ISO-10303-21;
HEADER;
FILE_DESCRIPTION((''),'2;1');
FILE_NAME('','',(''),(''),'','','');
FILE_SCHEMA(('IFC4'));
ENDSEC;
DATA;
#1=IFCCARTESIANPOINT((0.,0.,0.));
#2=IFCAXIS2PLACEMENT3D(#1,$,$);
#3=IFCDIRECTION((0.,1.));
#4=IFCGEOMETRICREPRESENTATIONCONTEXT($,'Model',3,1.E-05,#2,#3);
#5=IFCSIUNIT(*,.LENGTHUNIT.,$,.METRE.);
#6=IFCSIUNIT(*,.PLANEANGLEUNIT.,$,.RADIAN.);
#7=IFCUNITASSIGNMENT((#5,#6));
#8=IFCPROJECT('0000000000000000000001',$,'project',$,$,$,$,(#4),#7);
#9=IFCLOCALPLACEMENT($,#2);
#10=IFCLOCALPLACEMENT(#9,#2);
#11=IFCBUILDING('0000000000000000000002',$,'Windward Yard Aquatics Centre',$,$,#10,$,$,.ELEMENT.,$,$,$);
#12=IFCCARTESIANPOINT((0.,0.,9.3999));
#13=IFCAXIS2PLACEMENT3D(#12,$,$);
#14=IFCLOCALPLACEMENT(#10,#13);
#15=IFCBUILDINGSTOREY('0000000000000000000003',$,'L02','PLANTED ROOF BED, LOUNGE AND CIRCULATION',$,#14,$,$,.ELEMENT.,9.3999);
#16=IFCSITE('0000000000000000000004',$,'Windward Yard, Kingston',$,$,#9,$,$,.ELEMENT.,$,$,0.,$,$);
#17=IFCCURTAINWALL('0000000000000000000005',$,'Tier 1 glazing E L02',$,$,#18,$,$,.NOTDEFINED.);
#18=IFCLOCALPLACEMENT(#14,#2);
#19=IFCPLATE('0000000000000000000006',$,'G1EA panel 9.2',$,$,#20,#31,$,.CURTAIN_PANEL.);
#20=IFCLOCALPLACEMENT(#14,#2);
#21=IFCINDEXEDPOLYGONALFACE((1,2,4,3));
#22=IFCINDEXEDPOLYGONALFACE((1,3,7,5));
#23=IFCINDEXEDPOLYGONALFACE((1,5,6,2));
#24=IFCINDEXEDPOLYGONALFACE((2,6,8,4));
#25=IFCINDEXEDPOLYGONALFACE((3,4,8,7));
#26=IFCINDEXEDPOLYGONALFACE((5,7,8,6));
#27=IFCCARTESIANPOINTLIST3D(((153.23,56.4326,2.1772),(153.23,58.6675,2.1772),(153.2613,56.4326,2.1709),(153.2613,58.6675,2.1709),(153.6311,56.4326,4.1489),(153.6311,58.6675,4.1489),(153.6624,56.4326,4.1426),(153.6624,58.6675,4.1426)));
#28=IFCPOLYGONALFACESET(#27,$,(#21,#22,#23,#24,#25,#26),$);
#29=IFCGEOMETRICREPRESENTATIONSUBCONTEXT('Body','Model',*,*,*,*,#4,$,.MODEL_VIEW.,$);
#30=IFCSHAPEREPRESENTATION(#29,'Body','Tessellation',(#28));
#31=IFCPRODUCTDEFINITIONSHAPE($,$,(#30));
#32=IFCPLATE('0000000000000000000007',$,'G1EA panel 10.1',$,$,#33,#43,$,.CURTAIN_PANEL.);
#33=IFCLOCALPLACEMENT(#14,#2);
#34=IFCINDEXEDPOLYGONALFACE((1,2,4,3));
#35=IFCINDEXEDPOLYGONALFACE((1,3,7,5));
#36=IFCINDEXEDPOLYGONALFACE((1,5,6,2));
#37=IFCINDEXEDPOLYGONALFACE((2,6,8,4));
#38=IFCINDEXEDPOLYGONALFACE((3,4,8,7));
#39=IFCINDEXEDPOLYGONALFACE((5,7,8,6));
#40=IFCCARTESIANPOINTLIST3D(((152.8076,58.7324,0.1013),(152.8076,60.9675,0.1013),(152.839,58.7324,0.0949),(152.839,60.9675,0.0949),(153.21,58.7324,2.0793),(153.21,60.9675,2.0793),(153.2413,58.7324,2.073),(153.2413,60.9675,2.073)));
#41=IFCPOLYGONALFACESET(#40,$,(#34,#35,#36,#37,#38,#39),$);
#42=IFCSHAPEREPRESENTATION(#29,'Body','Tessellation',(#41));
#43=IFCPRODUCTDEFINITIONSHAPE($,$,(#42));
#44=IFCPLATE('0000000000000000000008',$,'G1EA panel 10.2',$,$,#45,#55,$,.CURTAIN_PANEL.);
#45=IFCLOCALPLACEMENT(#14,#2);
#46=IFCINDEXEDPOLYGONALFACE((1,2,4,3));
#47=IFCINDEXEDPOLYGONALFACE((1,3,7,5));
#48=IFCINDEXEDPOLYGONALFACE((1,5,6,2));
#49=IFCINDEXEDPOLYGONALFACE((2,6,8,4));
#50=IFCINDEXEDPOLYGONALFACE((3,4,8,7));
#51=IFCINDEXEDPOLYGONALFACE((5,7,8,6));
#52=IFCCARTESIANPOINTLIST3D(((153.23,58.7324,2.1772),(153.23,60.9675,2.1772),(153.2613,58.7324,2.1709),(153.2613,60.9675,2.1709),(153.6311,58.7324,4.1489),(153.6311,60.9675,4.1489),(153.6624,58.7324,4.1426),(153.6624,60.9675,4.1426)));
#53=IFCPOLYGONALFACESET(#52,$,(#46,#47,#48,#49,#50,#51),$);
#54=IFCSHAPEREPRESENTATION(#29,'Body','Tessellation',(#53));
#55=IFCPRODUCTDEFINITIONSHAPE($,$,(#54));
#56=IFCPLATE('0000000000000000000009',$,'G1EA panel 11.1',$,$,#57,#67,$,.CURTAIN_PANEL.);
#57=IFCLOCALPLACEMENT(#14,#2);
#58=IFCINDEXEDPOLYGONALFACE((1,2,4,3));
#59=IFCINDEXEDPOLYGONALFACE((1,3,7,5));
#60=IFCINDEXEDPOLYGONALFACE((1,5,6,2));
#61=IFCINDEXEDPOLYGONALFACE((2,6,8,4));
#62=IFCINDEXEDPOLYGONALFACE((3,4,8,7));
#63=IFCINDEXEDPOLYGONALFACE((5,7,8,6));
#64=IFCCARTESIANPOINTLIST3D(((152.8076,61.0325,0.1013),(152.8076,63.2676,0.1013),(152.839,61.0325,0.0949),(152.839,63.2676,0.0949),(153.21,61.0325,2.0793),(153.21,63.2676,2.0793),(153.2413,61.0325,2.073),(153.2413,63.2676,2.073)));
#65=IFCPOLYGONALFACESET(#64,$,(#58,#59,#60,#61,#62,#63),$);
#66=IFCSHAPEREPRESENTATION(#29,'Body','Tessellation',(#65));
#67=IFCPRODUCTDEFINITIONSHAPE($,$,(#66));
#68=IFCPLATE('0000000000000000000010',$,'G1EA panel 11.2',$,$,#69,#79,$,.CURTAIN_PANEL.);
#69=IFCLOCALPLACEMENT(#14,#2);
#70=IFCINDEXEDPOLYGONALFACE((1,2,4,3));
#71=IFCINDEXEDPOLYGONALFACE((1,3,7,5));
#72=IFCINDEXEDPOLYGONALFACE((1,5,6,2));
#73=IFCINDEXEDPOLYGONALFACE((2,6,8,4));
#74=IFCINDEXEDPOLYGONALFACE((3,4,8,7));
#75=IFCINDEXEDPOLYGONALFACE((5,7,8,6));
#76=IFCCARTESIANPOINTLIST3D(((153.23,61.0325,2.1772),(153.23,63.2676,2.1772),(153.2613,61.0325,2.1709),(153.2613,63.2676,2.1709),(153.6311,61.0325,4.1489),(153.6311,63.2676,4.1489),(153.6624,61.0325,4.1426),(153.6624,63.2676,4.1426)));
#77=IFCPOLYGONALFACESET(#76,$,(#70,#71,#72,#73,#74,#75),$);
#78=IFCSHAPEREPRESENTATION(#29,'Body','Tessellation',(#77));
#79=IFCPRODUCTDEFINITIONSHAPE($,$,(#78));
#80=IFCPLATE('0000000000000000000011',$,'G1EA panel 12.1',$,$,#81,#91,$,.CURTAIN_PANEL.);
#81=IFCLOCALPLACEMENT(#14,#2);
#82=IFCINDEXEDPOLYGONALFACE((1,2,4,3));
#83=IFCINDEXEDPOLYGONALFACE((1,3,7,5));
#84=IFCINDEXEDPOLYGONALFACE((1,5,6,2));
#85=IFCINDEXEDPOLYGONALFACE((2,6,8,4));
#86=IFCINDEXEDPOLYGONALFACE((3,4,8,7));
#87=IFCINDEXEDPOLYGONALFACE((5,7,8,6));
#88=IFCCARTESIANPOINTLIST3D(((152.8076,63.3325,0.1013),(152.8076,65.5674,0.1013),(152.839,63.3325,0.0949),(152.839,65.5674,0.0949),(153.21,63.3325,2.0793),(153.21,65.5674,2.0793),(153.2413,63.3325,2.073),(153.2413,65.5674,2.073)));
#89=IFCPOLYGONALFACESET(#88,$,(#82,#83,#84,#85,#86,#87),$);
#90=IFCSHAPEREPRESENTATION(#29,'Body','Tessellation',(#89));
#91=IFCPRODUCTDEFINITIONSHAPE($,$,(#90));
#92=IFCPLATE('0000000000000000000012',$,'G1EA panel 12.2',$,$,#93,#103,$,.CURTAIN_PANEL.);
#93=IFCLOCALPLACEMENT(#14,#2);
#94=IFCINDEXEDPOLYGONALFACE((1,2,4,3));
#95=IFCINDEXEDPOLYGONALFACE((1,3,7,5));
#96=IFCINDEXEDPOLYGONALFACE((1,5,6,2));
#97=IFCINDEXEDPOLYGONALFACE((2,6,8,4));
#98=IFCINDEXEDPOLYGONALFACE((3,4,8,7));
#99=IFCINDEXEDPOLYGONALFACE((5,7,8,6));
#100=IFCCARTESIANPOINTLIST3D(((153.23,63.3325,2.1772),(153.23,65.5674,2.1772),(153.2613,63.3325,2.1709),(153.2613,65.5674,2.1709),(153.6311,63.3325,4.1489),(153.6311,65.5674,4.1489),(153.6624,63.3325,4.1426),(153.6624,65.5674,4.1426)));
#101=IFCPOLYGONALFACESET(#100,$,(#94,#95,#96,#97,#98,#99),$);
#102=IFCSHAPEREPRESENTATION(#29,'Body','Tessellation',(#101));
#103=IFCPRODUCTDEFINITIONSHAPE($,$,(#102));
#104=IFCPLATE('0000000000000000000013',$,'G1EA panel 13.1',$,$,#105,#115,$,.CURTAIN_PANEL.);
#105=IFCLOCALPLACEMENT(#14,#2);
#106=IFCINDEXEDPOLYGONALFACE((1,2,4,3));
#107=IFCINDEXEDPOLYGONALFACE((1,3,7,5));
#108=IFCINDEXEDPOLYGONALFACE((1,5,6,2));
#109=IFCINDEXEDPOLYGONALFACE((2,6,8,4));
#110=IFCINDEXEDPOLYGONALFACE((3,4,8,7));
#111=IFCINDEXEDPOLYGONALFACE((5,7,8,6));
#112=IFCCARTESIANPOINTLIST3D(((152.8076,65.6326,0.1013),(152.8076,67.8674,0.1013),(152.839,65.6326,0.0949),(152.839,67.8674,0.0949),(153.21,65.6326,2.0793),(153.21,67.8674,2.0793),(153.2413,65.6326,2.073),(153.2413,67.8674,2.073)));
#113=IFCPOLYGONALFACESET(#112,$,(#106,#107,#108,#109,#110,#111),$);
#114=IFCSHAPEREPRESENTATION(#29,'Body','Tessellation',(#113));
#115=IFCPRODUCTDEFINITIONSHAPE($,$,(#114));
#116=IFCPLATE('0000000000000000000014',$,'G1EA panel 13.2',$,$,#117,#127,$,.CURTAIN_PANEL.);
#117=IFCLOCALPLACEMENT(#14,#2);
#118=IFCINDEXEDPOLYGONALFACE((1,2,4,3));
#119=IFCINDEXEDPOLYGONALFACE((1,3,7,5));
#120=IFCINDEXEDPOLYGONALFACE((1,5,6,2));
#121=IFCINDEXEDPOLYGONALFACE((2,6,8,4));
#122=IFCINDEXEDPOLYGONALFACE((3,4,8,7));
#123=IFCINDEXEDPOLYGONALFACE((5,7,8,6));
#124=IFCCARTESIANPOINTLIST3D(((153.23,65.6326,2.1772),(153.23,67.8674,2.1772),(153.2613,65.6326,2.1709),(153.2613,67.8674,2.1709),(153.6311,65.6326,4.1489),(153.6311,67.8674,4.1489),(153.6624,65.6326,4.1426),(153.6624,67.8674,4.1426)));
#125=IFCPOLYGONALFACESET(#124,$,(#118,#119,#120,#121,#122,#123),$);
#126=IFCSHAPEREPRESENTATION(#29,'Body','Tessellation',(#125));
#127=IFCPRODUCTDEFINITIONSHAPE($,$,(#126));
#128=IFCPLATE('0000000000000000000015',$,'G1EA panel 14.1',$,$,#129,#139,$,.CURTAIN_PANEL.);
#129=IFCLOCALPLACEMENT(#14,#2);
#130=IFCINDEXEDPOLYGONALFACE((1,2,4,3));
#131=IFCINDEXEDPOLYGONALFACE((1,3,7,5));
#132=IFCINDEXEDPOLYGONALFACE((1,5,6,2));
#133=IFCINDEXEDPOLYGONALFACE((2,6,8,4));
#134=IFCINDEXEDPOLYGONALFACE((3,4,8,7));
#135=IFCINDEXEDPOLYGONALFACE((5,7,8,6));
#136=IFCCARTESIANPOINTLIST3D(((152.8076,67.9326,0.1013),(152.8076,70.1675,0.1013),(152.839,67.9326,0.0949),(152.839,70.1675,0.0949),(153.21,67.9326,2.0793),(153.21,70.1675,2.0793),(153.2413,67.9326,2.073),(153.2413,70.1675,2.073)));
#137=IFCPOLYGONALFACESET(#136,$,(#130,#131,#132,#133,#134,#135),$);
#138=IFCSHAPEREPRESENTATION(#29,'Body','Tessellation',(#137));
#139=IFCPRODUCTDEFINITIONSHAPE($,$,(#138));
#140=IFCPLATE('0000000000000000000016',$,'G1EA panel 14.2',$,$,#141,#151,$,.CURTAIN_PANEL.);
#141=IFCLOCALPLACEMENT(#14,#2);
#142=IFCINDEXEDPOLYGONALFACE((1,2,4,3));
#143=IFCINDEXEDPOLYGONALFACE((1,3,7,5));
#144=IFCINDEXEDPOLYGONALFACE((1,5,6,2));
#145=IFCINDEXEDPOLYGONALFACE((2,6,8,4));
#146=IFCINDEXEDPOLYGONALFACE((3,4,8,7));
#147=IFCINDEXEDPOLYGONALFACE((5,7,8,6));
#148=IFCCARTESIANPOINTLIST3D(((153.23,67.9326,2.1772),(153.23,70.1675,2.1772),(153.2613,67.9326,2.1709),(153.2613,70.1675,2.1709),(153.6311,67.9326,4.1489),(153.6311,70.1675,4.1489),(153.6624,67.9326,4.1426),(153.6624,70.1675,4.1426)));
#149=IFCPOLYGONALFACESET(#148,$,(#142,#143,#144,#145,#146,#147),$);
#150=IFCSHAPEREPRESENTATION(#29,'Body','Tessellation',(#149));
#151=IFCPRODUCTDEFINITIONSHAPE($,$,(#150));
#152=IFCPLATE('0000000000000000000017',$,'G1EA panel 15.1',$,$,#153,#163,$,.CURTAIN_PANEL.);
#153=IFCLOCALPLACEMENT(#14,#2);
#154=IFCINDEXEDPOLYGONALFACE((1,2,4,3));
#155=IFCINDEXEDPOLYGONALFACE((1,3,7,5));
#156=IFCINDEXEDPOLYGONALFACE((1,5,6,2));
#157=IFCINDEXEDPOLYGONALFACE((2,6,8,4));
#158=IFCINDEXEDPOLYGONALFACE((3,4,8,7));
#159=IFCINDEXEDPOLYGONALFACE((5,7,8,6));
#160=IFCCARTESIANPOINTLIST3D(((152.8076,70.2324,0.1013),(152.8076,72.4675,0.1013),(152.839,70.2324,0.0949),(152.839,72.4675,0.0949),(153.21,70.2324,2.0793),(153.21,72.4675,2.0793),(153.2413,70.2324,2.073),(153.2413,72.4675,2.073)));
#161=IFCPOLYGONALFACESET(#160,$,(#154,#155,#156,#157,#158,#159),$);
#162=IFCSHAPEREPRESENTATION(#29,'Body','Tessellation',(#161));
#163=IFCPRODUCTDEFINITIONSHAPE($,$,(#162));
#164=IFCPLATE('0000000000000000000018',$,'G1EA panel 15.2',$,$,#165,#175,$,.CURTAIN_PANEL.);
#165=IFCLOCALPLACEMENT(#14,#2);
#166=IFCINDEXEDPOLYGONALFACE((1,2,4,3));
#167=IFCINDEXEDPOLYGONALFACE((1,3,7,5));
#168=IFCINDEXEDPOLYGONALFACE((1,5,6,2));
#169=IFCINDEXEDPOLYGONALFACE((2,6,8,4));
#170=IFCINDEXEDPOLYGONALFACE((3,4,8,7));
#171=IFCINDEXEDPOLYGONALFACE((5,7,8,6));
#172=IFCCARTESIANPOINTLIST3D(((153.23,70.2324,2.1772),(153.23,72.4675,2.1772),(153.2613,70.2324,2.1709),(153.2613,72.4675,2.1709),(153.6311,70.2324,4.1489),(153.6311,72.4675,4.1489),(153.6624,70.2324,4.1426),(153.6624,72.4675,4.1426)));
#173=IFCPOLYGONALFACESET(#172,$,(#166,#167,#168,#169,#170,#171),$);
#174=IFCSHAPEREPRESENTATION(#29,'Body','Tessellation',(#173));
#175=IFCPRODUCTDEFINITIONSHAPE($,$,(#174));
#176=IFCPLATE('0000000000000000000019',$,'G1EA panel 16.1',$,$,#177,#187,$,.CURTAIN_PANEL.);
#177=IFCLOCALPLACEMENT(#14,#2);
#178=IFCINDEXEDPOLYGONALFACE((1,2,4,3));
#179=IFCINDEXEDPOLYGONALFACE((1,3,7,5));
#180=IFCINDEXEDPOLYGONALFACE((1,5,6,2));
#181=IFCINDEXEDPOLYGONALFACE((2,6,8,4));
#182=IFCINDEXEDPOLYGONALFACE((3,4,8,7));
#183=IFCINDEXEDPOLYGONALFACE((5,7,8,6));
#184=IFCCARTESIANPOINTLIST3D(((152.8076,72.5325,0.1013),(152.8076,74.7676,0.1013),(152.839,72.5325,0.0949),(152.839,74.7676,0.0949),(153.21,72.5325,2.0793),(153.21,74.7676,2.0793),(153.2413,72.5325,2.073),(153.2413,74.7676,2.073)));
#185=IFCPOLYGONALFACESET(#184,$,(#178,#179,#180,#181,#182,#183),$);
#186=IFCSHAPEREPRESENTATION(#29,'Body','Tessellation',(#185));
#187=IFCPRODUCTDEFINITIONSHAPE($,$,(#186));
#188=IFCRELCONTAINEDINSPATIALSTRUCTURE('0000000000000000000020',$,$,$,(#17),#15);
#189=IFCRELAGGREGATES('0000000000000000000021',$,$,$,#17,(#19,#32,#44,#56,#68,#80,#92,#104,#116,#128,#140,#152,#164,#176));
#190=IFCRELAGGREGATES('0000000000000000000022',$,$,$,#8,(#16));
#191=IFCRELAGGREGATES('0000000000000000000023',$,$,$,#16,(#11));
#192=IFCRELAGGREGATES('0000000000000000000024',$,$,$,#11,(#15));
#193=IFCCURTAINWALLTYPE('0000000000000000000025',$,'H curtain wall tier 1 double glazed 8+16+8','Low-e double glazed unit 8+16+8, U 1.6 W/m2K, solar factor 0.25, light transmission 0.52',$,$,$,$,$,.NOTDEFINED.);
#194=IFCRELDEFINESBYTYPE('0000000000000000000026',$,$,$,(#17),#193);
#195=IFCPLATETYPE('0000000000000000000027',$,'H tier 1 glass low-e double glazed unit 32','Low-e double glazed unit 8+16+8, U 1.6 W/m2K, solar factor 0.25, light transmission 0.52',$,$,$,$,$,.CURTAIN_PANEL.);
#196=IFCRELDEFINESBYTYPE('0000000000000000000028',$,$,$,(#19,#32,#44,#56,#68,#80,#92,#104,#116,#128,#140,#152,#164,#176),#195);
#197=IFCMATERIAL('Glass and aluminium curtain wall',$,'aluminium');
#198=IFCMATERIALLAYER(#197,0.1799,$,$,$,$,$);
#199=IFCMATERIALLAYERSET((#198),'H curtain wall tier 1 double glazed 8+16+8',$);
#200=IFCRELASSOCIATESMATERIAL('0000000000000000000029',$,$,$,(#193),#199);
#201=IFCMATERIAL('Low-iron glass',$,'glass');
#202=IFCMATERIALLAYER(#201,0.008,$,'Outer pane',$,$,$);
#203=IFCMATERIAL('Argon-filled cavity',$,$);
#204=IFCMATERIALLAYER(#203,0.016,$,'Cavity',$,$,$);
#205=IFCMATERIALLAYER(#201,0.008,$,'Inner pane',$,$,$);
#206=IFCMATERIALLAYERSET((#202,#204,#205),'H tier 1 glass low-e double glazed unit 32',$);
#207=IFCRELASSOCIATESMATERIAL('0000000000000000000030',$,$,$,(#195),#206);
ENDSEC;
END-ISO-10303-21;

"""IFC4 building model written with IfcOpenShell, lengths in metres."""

from ifc_helpers import new_model, si_unit, direction, frame, origin, place, context, subcontext, project, spatial, polyline, outline, extrude, material, layer, layer_set, type_object, element, aggregate, save


model = new_model("IFC4")

# Units and contexts
model_context = context("Model", 3, precision=1e-05, world=origin(), true_north=direction((0.0, 1.0)))
body_context = subcontext(model_context, "Body", "Model", "MODEL_VIEW")
ifc_project = project(units=[si_unit("LENGTHUNIT", "METRE"), si_unit("PLANEANGLEUNIT", "RADIAN")], contexts=[model_context])

# Site, building, storey
site_placement = place(None, origin())
site = spatial("IfcSite", under=ifc_project, at=site_placement, Name="Windward Yard, Kingston", CompositionType="ELEMENT", RefElevation=0.0)
building_placement = place(site_placement, origin())
building = spatial("IfcBuilding", under=site, at=building_placement, Name="Windward Yard Aquatics Centre", CompositionType="ELEMENT")
storey_placement = place(building_placement, frame((0.0, 0.0, 9.3999)))
storey = spatial("IfcBuildingStorey", under=building, at=storey_placement, Name="L02", Description="PLANTED ROOF BED, LOUNGE AND CIRCULATION", CompositionType="ELEMENT", Elevation=9.3999)

# Curtain wall, plates
ifc_material_1 = material(Name="Glass and aluminium curtain wall", Category="aluminium")
ifc_layer_1 = layer(ifc_material_1, 0.1799)
ifc_layer_set_1 = layer_set([ifc_layer_1], Name="H curtain wall tier 1 double glazed 8+16+8")
curtain_wall_type = type_object("IfcCurtainWallType", Name="H curtain wall tier 1 double glazed 8+16+8", Description="Low-e double glazed unit 8+16+8, U 1.6 W/m2K, solar factor 0.25, light transmission 0.52", PredefinedType="NOTDEFINED", material=ifc_layer_set_1)
curtain_wall_placement = place(storey_placement, origin())
curtain_wall = element("IfcCurtainWall", 1, at=curtain_wall_placement, inside=storey, type_object=curtain_wall_type, Name="Tier 1 glazing E L02", PredefinedType="NOTDEFINED")
ifc_material_2 = material(Name="Low-iron glass", Category="glass")
ifc_layer_2 = layer(ifc_material_2, 0.008, Name="Outer pane")
ifc_material_3 = material(Name="Argon-filled cavity")
ifc_layer_3 = layer(ifc_material_3, 0.016, Name="Cavity")
ifc_layer_4 = layer(ifc_material_2, 0.008, Name="Inner pane")
ifc_layer_set_2 = layer_set([ifc_layer_2, ifc_layer_3, ifc_layer_4], Name="H tier 1 glass low-e double glazed unit 32")
plate_type = type_object("IfcPlateType", Name="H tier 1 glass low-e double glazed unit 32", Description="Low-e double glazed unit 8+16+8, U 1.6 W/m2K, solar factor 0.25, light transmission 0.52", PredefinedType="CURTAIN_PANEL", material=ifc_layer_set_2)
plate_1_placement = place(storey_placement, frame((153.23, 56.4326, 2.1772), z_axis=(-0.979927, 0.0, 0.199359), x_axis=(0.0, 1.0, 0.0)))
plate_1 = element("IfcPlate", 2, at=plate_1_placement, type_object=plate_type, Name="G1EA panel 9.2", PredefinedType="CURTAIN_PANEL", context=body_context, shape_type="SweptSolid", body=[
    extrude(outline(polyline([(0.0, 0.0), (2.2349, 0.0), (2.2349, -2.0121), (0.0, -2.0121), (0.0, 0.0)])), origin(), (0.0, 0.0, -1.0), 0.032),
])
plate_2_placement = place(storey_placement, frame((152.8076, 58.7324, 0.1013), z_axis=(-0.979933, 0.0, 0.199325), x_axis=(0.0, 1.0, 0.0)))
plate_2 = element("IfcPlate", 3, at=plate_2_placement, type_object=plate_type, Name="G1EA panel 10.1", PredefinedType="CURTAIN_PANEL", context=body_context, shape_type="SweptSolid", body=[
    extrude(outline(polyline([(0.0, 0.0), (2.2351, 0.0), (2.2351, -2.0185), (0.0, -2.0185), (0.0, 0.0)])), origin(), (0.0, 0.0, -1.0), 0.032),
])
plate_3_placement = place(storey_placement, frame((153.23, 58.7324, 2.1772), z_axis=(-0.979927, 0.0, 0.199359), x_axis=(0.0, 1.0, 0.0)))
plate_3 = element("IfcPlate", 4, at=plate_3_placement, type_object=plate_type, Name="G1EA panel 10.2", PredefinedType="CURTAIN_PANEL", context=body_context, shape_type="SweptSolid", body=[
    extrude(outline(polyline([(0.0, 0.0), (2.2351, 0.0), (2.2351, -2.0121), (0.0, -2.0121), (0.0, 0.0)])), origin(), (0.0, 0.0, -1.0), 0.032),
])
plate_4_placement = place(storey_placement, frame((152.8076, 61.0325, 0.1013), z_axis=(-0.979933, 0.0, 0.199325), x_axis=(0.0, 1.0, 0.0)))
plate_4 = element("IfcPlate", 5, at=plate_4_placement, type_object=plate_type, Name="G1EA panel 11.1", PredefinedType="CURTAIN_PANEL", context=body_context, shape_type="SweptSolid", body=[
    extrude(outline(polyline([(0.0, 0.0), (2.2351, 0.0), (2.2351, -2.0185), (0.0, -2.0185), (0.0, 0.0)])), origin(), (0.0, 0.0, -1.0), 0.032),
])
plate_5_placement = place(storey_placement, frame((153.23, 61.0325, 2.1772), z_axis=(-0.979927, 0.0, 0.199359), x_axis=(0.0, 1.0, 0.0)))
plate_5 = element("IfcPlate", 6, at=plate_5_placement, type_object=plate_type, Name="G1EA panel 11.2", PredefinedType="CURTAIN_PANEL", context=body_context, shape_type="SweptSolid", body=[
    extrude(outline(polyline([(0.0, 0.0), (2.2351, 0.0), (2.2351, -2.0121), (0.0, -2.0121), (0.0, 0.0)])), origin(), (0.0, 0.0, -1.0), 0.032),
])
plate_6_placement = place(storey_placement, frame((152.8076, 63.3325, 0.1013), z_axis=(-0.979933, 0.0, 0.199325), x_axis=(0.0, 1.0, 0.0)))
plate_6 = element("IfcPlate", 7, at=plate_6_placement, type_object=plate_type, Name="G1EA panel 12.1", PredefinedType="CURTAIN_PANEL", context=body_context, shape_type="SweptSolid", body=[
    extrude(outline(polyline([(0.0, 0.0), (2.2349, 0.0), (2.2349, -2.0185), (0.0, -2.0185), (0.0, 0.0)])), origin(), (0.0, 0.0, -1.0), 0.032),
])
plate_7_placement = place(storey_placement, frame((153.23, 63.3325, 2.1772), z_axis=(-0.979927, 0.0, 0.199359), x_axis=(0.0, 1.0, 0.0)))
plate_7 = element("IfcPlate", 8, at=plate_7_placement, type_object=plate_type, Name="G1EA panel 12.2", PredefinedType="CURTAIN_PANEL", context=body_context, shape_type="SweptSolid", body=[
    extrude(outline(polyline([(0.0, 0.0), (2.2349, 0.0), (2.2349, -2.0121), (0.0, -2.0121), (0.0, 0.0)])), origin(), (0.0, 0.0, -1.0), 0.032),
])
plate_8_placement = place(storey_placement, frame((152.8076, 65.6326, 0.1013), z_axis=(-0.979933, 0.0, 0.199325), x_axis=(0.0, 1.0, 0.0)))
plate_8 = element("IfcPlate", 9, at=plate_8_placement, type_object=plate_type, Name="G1EA panel 13.1", PredefinedType="CURTAIN_PANEL", context=body_context, shape_type="SweptSolid", body=[
    extrude(outline(polyline([(0.0, 0.0), (2.2349, 0.0), (2.2349, -2.0185), (0.0, -2.0185), (0.0, 0.0)])), origin(), (0.0, 0.0, -1.0), 0.032),
])
plate_9_placement = place(storey_placement, frame((153.23, 65.6326, 2.1772), z_axis=(-0.979927, 0.0, 0.199359), x_axis=(0.0, 1.0, 0.0)))
plate_9 = element("IfcPlate", 10, at=plate_9_placement, type_object=plate_type, Name="G1EA panel 13.2", PredefinedType="CURTAIN_PANEL", context=body_context, shape_type="SweptSolid", body=[
    extrude(outline(polyline([(0.0, 0.0), (2.2349, 0.0), (2.2349, -2.0121), (0.0, -2.0121), (0.0, 0.0)])), origin(), (0.0, 0.0, -1.0), 0.032),
])
plate_10_placement = place(storey_placement, frame((152.8076, 67.9326, 0.1013), z_axis=(-0.979933, 0.0, 0.199325), x_axis=(0.0, 1.0, 0.0)))
plate_10 = element("IfcPlate", 11, at=plate_10_placement, type_object=plate_type, Name="G1EA panel 14.1", PredefinedType="CURTAIN_PANEL", context=body_context, shape_type="SweptSolid", body=[
    extrude(outline(polyline([(0.0, 0.0), (2.2349, 0.0), (2.2349, -2.0185), (0.0, -2.0185), (0.0, 0.0)])), origin(), (0.0, 0.0, -1.0), 0.032),
])
plate_11_placement = place(storey_placement, frame((153.23, 67.9326, 2.1772), z_axis=(-0.979927, 0.0, 0.199359), x_axis=(0.0, 1.0, 0.0)))
plate_11 = element("IfcPlate", 12, at=plate_11_placement, type_object=plate_type, Name="G1EA panel 14.2", PredefinedType="CURTAIN_PANEL", context=body_context, shape_type="SweptSolid", body=[
    extrude(outline(polyline([(0.0, 0.0), (2.2349, 0.0), (2.2349, -2.0121), (0.0, -2.0121), (0.0, 0.0)])), origin(), (0.0, 0.0, -1.0), 0.032),
])
plate_12_placement = place(storey_placement, frame((152.8076, 70.2324, 0.1013), z_axis=(-0.979933, 0.0, 0.199325), x_axis=(0.0, 1.0, 0.0)))
plate_12 = element("IfcPlate", 13, at=plate_12_placement, type_object=plate_type, Name="G1EA panel 15.1", PredefinedType="CURTAIN_PANEL", context=body_context, shape_type="SweptSolid", body=[
    extrude(outline(polyline([(0.0, 0.0), (2.2351, 0.0), (2.2351, -2.0185), (0.0, -2.0185), (0.0, 0.0)])), origin(), (0.0, 0.0, -1.0), 0.032),
])
plate_13_placement = place(storey_placement, frame((153.23, 70.2324, 2.1772), z_axis=(-0.979927, 0.0, 0.199359), x_axis=(0.0, 1.0, 0.0)))
plate_13 = element("IfcPlate", 14, at=plate_13_placement, type_object=plate_type, Name="G1EA panel 15.2", PredefinedType="CURTAIN_PANEL", context=body_context, shape_type="SweptSolid", body=[
    extrude(outline(polyline([(0.0, 0.0), (2.2351, 0.0), (2.2351, -2.0121), (0.0, -2.0121), (0.0, 0.0)])), origin(), (0.0, 0.0, -1.0), 0.032),
])
plate_14_placement = place(storey_placement, frame((152.8076, 72.5325, 0.1013), z_axis=(-0.979933, 0.0, 0.199325), x_axis=(0.0, 1.0, 0.0)))
plate_14 = element("IfcPlate", 15, at=plate_14_placement, type_object=plate_type, Name="G1EA panel 16.1", PredefinedType="CURTAIN_PANEL", context=body_context, shape_type="SweptSolid", body=[
    extrude(outline(polyline([(0.0, 0.0), (2.2351, 0.0), (2.2351, -2.0185), (0.0, -2.0185), (0.0, 0.0)])), origin(), (0.0, 0.0, -1.0), 0.032),
])
aggregate(curtain_wall, [plate_1, plate_2, plate_3, plate_4, plate_5, plate_6, plate_7, plate_8, plate_9, plate_10, plate_11, plate_12, plate_13, plate_14])

save(model, "model.ifc")
